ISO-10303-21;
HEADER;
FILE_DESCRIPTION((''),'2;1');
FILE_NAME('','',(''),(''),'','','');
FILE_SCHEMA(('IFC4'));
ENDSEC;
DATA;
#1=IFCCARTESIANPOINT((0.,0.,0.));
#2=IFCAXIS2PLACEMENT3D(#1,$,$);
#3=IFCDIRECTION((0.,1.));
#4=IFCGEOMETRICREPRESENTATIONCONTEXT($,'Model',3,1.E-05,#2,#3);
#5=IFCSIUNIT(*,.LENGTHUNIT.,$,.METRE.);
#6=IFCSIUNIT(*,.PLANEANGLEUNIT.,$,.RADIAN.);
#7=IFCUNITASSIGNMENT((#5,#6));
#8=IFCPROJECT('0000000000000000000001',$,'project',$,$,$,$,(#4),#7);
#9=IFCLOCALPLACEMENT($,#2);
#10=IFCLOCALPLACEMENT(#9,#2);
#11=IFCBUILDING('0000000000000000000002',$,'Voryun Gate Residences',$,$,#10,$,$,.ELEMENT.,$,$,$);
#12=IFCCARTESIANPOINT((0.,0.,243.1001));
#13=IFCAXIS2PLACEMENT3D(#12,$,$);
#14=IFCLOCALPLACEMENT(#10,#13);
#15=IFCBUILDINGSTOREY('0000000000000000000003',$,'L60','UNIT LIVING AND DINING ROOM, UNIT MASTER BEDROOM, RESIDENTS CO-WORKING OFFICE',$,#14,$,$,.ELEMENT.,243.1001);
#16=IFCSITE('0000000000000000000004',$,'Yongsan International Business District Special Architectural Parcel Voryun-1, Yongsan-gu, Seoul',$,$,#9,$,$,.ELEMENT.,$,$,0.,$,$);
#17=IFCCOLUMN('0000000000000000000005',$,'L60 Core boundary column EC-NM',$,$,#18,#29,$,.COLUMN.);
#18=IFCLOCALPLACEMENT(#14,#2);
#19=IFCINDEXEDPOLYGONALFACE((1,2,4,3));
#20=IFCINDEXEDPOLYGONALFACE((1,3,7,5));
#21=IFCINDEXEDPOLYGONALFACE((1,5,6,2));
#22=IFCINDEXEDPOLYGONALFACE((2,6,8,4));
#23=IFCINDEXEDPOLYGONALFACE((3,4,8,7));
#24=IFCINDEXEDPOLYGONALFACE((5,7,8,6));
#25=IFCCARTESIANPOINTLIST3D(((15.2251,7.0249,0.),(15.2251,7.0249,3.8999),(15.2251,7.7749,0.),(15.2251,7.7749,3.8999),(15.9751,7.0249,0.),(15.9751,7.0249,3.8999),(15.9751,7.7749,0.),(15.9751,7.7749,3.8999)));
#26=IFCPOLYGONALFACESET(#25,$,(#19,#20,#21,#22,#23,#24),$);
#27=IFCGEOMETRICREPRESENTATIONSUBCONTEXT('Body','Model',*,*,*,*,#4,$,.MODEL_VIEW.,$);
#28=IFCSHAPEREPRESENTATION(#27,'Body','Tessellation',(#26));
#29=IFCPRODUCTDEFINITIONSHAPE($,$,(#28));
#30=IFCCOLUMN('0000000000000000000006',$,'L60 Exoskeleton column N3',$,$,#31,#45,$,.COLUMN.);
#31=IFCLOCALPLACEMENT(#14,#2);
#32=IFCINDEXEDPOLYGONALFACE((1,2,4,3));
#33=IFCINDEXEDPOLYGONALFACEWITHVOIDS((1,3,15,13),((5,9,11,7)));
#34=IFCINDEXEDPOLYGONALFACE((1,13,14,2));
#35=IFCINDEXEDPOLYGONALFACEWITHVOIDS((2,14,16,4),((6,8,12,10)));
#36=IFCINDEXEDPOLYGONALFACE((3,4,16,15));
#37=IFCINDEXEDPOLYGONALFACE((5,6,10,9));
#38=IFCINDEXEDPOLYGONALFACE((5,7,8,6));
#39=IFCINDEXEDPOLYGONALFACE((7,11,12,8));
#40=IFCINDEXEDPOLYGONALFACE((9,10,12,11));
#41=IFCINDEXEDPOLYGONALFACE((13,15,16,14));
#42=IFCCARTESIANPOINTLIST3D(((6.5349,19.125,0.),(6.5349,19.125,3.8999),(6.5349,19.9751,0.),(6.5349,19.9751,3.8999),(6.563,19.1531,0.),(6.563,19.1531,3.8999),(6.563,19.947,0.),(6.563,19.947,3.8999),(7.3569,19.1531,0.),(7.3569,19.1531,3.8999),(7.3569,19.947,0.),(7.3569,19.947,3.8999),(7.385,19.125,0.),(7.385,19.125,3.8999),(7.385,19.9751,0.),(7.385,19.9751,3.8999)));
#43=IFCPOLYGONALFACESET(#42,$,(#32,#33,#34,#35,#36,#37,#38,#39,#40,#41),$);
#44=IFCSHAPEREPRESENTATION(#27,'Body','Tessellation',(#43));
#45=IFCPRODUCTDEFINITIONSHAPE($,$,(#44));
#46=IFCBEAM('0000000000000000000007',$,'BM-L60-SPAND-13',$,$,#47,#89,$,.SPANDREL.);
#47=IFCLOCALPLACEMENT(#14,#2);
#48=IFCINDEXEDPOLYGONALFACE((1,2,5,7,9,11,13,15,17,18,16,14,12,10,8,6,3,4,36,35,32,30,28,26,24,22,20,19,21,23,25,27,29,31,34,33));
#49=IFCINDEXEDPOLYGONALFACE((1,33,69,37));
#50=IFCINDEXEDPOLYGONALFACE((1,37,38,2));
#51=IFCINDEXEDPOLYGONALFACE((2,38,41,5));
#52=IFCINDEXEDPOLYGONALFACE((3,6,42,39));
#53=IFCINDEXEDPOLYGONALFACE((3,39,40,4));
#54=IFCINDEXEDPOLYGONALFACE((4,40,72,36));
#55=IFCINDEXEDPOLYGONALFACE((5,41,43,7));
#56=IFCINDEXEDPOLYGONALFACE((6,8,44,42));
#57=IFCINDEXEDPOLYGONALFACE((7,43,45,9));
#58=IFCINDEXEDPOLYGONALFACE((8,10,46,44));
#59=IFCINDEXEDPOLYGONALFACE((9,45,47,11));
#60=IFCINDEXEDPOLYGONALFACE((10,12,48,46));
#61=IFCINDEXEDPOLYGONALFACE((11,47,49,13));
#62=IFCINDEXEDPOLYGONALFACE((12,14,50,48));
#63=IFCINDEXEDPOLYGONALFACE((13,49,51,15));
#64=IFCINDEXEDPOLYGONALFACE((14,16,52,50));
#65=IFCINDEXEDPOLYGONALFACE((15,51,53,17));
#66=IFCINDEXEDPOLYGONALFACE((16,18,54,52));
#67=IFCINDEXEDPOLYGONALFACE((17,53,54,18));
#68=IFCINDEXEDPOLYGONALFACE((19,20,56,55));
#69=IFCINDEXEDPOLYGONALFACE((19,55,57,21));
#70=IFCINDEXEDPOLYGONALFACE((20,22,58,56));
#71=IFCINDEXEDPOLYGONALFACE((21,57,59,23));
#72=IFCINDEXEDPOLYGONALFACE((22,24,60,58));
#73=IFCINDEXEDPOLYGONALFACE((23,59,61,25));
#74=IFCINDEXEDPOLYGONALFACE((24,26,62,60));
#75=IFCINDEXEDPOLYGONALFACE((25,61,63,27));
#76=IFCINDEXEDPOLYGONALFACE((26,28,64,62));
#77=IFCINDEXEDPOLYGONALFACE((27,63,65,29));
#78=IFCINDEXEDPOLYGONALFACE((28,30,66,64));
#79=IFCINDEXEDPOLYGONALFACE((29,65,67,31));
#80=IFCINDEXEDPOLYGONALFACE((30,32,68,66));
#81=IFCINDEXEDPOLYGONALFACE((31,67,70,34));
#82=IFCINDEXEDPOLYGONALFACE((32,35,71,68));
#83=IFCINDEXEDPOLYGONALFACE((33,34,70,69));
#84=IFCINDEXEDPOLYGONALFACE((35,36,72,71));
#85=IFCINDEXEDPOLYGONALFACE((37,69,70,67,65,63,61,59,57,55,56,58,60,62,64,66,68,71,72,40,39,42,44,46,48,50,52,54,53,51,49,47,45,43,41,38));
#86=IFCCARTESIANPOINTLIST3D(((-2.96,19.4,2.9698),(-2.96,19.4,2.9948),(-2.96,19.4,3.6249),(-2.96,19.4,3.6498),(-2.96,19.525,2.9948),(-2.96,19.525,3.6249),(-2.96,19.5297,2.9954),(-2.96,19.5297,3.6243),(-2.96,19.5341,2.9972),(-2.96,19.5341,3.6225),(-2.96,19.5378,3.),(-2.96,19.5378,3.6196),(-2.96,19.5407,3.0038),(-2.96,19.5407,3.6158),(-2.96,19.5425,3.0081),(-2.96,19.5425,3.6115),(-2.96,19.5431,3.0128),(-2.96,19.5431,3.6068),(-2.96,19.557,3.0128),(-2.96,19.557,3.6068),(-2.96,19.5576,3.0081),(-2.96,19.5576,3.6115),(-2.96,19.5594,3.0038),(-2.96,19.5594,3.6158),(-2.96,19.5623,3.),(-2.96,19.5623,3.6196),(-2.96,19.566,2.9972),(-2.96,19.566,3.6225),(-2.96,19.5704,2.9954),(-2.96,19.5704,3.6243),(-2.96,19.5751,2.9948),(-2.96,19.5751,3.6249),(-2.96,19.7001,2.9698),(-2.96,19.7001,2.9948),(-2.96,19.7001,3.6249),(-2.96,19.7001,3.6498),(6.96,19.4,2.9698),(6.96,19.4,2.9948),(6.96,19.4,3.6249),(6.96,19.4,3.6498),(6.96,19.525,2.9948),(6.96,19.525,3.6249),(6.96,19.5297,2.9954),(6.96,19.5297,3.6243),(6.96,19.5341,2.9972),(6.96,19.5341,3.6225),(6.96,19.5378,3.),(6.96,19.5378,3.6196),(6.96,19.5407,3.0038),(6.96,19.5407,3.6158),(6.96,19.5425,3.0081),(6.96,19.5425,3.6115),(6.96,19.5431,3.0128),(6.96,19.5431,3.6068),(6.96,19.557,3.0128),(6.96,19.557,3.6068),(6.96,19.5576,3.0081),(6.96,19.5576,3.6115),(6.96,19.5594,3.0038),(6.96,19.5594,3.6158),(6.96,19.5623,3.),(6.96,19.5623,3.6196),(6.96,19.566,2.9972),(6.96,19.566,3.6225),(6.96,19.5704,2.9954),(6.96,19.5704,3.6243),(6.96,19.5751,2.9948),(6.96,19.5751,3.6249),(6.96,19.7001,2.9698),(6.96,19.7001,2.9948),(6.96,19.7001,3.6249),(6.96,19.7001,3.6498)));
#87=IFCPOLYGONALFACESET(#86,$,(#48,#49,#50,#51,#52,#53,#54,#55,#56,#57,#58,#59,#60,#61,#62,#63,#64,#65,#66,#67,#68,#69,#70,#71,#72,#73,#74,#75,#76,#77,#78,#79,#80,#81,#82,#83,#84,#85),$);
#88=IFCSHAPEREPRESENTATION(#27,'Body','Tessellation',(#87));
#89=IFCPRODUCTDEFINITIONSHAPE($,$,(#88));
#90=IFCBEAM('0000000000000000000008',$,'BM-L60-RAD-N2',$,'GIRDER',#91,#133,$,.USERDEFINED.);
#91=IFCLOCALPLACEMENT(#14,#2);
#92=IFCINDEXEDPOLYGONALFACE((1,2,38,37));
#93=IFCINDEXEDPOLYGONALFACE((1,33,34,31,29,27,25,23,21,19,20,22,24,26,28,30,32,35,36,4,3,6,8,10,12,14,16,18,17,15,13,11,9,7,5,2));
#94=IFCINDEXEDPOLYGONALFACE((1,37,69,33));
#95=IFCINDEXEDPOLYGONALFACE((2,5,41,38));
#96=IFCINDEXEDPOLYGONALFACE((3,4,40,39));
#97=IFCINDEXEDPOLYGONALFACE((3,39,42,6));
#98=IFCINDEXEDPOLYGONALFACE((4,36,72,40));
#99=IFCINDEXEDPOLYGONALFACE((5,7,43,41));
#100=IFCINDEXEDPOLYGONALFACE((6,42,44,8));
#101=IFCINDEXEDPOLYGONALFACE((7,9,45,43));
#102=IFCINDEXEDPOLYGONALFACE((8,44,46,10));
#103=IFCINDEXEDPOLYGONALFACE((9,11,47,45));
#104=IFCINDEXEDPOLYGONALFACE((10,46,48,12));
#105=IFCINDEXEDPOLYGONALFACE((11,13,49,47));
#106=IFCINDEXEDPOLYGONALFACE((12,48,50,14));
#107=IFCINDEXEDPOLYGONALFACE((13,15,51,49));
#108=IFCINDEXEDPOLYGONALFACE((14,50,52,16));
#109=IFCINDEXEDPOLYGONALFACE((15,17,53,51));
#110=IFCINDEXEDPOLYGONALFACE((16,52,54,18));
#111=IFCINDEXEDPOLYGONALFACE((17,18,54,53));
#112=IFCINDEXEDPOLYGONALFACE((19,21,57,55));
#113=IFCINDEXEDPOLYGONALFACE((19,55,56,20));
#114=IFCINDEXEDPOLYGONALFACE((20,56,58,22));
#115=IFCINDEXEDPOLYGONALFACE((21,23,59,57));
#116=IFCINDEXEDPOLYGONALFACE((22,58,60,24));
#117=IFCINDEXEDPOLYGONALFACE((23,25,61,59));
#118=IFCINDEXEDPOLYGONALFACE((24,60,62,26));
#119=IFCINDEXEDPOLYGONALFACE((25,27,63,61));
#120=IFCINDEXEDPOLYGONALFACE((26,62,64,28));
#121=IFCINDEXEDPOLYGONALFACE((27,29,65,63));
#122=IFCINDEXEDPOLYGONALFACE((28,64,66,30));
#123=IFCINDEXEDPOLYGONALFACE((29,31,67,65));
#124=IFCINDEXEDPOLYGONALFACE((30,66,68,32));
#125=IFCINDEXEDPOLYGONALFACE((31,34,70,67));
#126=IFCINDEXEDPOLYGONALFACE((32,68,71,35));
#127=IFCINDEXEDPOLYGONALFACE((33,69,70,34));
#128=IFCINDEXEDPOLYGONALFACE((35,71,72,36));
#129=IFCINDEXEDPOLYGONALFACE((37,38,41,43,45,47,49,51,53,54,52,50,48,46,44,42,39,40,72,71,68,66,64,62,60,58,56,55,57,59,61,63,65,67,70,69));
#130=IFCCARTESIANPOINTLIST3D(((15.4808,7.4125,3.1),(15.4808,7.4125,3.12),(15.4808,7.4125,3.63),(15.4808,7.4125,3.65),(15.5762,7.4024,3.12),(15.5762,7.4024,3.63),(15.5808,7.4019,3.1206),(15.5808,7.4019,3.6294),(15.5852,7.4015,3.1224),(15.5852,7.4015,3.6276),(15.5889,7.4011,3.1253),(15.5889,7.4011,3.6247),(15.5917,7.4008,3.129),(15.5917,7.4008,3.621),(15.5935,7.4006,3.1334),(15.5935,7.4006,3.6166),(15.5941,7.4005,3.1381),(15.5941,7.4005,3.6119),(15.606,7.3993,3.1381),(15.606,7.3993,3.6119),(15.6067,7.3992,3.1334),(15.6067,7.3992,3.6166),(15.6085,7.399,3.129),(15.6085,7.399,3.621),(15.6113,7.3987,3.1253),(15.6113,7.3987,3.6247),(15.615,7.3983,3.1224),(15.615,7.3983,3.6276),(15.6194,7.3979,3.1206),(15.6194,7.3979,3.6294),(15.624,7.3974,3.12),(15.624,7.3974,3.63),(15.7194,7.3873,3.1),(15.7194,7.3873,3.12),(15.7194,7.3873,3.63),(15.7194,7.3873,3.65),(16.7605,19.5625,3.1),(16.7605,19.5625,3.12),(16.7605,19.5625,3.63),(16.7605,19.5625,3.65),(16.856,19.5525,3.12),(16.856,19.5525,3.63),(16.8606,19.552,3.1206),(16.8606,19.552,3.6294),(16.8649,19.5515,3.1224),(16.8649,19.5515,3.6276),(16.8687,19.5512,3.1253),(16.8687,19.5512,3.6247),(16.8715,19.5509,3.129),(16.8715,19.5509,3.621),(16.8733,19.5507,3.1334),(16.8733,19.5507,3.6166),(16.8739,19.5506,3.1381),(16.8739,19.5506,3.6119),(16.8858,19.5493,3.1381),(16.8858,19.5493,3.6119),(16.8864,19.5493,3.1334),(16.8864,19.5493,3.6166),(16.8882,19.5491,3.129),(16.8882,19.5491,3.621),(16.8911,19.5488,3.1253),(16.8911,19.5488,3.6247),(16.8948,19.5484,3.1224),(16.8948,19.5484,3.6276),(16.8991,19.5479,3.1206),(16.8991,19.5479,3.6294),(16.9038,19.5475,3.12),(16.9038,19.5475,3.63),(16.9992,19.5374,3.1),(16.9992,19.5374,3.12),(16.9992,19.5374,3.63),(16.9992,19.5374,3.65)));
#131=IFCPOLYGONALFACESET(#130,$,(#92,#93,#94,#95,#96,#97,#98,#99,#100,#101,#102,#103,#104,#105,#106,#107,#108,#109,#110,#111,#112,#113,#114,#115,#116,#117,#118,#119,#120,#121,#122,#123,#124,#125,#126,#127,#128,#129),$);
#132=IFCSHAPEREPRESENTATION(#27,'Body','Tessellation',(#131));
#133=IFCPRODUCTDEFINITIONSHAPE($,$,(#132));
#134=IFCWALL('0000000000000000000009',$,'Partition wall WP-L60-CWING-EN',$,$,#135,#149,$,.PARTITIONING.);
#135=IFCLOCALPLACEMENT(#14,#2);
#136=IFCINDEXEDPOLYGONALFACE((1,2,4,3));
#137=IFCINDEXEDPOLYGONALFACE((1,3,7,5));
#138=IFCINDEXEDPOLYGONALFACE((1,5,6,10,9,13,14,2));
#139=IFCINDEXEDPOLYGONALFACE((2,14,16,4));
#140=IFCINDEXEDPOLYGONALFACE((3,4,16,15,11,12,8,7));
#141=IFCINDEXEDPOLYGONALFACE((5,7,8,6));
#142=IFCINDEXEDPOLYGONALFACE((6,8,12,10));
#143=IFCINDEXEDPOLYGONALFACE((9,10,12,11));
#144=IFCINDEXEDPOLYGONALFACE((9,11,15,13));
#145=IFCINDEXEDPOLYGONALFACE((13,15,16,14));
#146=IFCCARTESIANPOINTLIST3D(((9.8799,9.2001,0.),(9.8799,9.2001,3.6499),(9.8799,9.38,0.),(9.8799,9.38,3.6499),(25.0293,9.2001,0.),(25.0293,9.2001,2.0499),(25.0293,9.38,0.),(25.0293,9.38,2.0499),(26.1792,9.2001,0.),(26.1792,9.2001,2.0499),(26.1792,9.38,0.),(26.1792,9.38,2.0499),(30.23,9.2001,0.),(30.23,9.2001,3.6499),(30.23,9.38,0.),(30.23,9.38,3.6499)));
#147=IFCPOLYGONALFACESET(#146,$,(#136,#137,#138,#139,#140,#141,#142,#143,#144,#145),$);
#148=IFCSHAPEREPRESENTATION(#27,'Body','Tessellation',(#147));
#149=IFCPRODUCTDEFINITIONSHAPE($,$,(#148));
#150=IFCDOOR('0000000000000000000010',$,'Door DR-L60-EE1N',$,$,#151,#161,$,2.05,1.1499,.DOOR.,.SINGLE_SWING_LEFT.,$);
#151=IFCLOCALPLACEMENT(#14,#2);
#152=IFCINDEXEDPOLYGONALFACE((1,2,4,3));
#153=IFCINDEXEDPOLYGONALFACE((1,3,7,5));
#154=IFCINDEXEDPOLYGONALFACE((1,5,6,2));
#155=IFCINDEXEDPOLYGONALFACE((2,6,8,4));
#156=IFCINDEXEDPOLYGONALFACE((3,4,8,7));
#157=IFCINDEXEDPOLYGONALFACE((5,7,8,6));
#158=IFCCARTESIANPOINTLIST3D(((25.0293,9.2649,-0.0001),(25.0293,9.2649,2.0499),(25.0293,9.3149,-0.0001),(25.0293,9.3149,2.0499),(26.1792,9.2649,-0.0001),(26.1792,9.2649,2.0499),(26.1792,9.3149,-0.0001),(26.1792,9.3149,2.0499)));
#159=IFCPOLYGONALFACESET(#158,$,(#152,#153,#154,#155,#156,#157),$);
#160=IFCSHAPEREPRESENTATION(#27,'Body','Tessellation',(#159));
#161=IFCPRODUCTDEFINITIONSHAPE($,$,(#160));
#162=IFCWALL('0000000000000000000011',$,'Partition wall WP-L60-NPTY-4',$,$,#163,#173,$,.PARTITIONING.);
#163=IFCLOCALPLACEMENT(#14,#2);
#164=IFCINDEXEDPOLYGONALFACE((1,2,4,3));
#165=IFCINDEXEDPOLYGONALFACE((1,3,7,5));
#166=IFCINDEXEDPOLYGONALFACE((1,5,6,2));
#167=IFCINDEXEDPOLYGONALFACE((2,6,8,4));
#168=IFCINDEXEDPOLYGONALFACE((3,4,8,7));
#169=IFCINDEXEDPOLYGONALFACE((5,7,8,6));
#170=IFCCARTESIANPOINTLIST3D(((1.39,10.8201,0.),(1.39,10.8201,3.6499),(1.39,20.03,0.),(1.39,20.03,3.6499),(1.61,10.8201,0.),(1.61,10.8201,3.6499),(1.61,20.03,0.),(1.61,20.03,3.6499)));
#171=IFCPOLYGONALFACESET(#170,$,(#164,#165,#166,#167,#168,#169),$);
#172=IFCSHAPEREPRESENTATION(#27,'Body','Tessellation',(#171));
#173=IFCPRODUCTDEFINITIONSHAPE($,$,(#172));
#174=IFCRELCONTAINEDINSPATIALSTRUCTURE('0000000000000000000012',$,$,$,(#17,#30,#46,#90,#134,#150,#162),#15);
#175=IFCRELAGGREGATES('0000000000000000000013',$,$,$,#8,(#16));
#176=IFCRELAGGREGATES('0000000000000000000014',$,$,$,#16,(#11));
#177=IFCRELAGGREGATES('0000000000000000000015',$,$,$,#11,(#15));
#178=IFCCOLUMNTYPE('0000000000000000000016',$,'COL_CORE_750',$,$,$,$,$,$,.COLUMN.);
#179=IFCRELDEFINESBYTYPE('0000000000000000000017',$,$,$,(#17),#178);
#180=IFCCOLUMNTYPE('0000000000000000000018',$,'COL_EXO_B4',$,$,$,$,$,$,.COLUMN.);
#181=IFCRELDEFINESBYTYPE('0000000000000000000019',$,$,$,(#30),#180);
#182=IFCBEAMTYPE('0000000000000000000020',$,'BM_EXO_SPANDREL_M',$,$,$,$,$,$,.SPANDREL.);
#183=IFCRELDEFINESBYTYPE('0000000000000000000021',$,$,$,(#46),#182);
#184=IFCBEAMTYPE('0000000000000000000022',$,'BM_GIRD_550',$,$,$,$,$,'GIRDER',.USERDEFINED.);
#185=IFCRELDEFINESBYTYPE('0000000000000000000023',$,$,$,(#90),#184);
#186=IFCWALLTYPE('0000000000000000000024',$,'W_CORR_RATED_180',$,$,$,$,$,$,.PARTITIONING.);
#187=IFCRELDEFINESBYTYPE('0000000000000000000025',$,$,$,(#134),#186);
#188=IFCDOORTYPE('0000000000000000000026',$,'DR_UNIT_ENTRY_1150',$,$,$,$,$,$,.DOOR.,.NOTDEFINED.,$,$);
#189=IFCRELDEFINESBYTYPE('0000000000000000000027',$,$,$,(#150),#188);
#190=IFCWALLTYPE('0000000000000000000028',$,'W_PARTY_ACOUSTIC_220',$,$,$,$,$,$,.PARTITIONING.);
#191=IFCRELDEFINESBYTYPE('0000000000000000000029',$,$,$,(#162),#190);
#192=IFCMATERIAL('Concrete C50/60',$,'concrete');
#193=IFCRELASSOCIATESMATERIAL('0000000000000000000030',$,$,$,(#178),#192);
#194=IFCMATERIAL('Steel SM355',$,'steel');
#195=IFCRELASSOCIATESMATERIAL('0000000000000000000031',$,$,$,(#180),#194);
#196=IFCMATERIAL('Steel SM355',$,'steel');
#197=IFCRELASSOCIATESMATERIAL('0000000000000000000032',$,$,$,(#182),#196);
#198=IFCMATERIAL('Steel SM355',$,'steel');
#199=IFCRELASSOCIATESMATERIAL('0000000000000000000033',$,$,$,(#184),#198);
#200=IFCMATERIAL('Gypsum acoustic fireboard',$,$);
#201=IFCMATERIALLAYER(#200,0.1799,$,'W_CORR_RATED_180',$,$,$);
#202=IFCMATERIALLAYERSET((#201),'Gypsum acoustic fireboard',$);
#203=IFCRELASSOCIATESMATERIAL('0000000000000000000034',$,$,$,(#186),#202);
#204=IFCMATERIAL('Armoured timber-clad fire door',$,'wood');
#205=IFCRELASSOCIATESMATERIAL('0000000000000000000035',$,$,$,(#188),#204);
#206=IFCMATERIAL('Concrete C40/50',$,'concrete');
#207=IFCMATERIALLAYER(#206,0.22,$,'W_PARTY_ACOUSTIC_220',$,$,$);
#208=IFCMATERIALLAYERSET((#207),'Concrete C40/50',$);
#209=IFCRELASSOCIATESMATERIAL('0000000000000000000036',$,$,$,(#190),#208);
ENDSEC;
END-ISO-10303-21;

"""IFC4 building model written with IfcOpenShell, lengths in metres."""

from ifc_helpers import new_model, si_unit, direction, frame, frame_2d, origin, origin_2d, place, context, subcontext, project, spatial, rectangle, hollow_rectangle, i_section, extrude, material, layer, layer_set, material_profile, profile_set, type_object, element, fill, save


model = new_model("IFC4")

# Units and contexts
model_context = context("Model", 3, precision=1e-05, world=origin(), true_north=direction((0.0, 1.0)))
body_context = subcontext(model_context, "Body", "Model", "MODEL_VIEW")
ifc_project = project(units=[si_unit("LENGTHUNIT", "METRE"), si_unit("PLANEANGLEUNIT", "RADIAN")], contexts=[model_context])

# Site, building, storey
site_placement = place(None, origin())
site = spatial("IfcSite", under=ifc_project, at=site_placement, Name="Yongsan International Business District Special Architectural Parcel Voryun-1, Yongsan-gu, Seoul", CompositionType="ELEMENT", RefElevation=0.0)
building_placement = place(site_placement, origin())
building = spatial("IfcBuilding", under=site, at=building_placement, Name="Voryun Gate Residences", CompositionType="ELEMENT")
storey_placement = place(building_placement, frame((0.0, 0.0, 243.1001)))
storey = spatial("IfcBuildingStorey", under=building, at=storey_placement, Name="L60", Description="UNIT LIVING AND DINING ROOM, UNIT MASTER BEDROOM, RESIDENTS CO-WORKING OFFICE", CompositionType="ELEMENT", Elevation=243.1001)

# Columns
ifc_material_1 = material(Name="Concrete C50/60", Category="concrete")
ifc_material_profile_1 = material_profile(ifc_material_1, rectangle(XDim=0.75, YDim=0.75, at=origin_2d()), Name="RC-750x750")
ifc_profile_set_1 = profile_set([ifc_material_profile_1], Name="Concrete C50/60")
column_type_1 = type_object("IfcColumnType", Name="COL_CORE_750", PredefinedType="COLUMN", material=ifc_profile_set_1)
column_1_placement = place(storey_placement, frame((15.6001, 7.3999, 0.0), z_axis=(0.0, 0.0, 1.0), x_axis=(1.0, 0.0, 0.0)))
element("IfcColumn", 1, at=column_1_placement, inside=storey, type_object=column_type_1, Name="L60 Core boundary column EC-NM", PredefinedType="COLUMN", context=body_context, shape_type="SweptSolid", body=[
    extrude(rectangle(XDim=0.75, YDim=0.75, at=origin_2d()), origin(), (0.0, 0.0, 1.0), 3.8999),
])
ifc_material_2 = material(Name="Steel SM355", Category="steel")
ifc_material_profile_2 = material_profile(ifc_material_2, hollow_rectangle(XDim=0.8501, YDim=0.8501, WallThickness=0.0281, at=origin_2d()), Name="BOX-850x850x28")
ifc_profile_set_2 = profile_set([ifc_material_profile_2], Name="Steel SM355")
column_type_2 = type_object("IfcColumnType", Name="COL_EXO_B4", PredefinedType="COLUMN", material=ifc_profile_set_2)
column_2_placement = place(storey_placement, frame((6.96, 19.55, 0.0), z_axis=(0.0, 0.0, 1.0), x_axis=(1.0, 0.0, 0.0)))
element("IfcColumn", 2, at=column_2_placement, inside=storey, type_object=column_type_2, Name="L60 Exoskeleton column N3", PredefinedType="COLUMN", context=body_context, shape_type="SweptSolid", body=[
    extrude(hollow_rectangle(XDim=0.8501, YDim=0.8501, WallThickness=0.0281, at=origin_2d()), origin(), (0.0, 0.0, 1.0), 3.8999),
])

# Beams
ifc_material_3 = material(Name="Steel SM355", Category="steel")
ifc_material_profile_3 = material_profile(ifc_material_3, i_section(OverallWidth=0.3, OverallDepth=0.6799, WebThickness=0.0139, FlangeThickness=0.0249, FilletRadius=0.0181, at=origin_2d()), Name="H-680x300x14x25")
ifc_profile_set_3 = profile_set([ifc_material_profile_3], Name="Steel SM355")
beam_type_1 = type_object("IfcBeamType", Name="BM_EXO_SPANDREL_M", PredefinedType="SPANDREL", material=ifc_profile_set_3)
beam_1_placement = place(storey_placement, frame((6.96, 19.55, 3.3098), z_axis=(-1.0, 0.0, 0.0), x_axis=(0.0, -1.0, 0.0)))
element("IfcBeam", 3, at=beam_1_placement, inside=storey, type_object=beam_type_1, Name="BM-L60-SPAND-13", PredefinedType="SPANDREL", context=body_context, shape_type="SweptSolid", body=[
    extrude(i_section(OverallWidth=0.3, OverallDepth=0.6799, WebThickness=0.0139, FlangeThickness=0.0249, FilletRadius=0.0181, at=origin_2d()), origin(), (0.0, 0.0, 1.0), 9.9199),
])
ifc_material_4 = material(Name="Steel SM355", Category="steel")
ifc_material_profile_4 = material_profile(ifc_material_4, i_section(OverallWidth=0.24, OverallDepth=0.55, WebThickness=0.012, FlangeThickness=0.02, FilletRadius=0.0181, at=origin_2d()), Name="H-550x240x12x20")
ifc_profile_set_4 = profile_set([ifc_material_profile_4], Name="Steel SM355")
beam_type_2 = type_object("IfcBeamType", Name="BM_GIRD_550", ElementType="GIRDER", PredefinedType="USERDEFINED", material=ifc_profile_set_4)
beam_2_placement = place(storey_placement, frame((15.6001, 7.3999, 3.375), z_axis=(0.104751, 0.994498, 0.0), x_axis=(-0.994498, 0.104751, 0.0)))
element("IfcBeam", 4, at=beam_2_placement, inside=storey, type_object=beam_type_2, Name="BM-L60-RAD-N2", ObjectType="GIRDER", PredefinedType="USERDEFINED", context=body_context, shape_type="SweptSolid", body=[
    extrude(i_section(OverallWidth=0.24, OverallDepth=0.55, WebThickness=0.012, FlangeThickness=0.02, FilletRadius=0.0181, at=origin_2d()), origin(), (0.0, 0.0, 1.0), 12.2173),
])

# Wall, opening, door
ifc_material_5 = material(Name="Gypsum acoustic fireboard")
ifc_layer_1 = layer(ifc_material_5, 0.1799, Name="W_CORR_RATED_180")
ifc_layer_set_1 = layer_set([ifc_layer_1], Name="Gypsum acoustic fireboard")
wall_type_1 = type_object("IfcWallType", Name="W_CORR_RATED_180", PredefinedType="PARTITIONING", material=ifc_layer_set_1)
wall_1_placement = place(storey_placement, frame((9.8799, 9.29, 0.0), z_axis=(0.0, 0.0, 1.0), x_axis=(1.0, 0.0, 0.0)))
wall_1 = element("IfcWall", 5, at=wall_1_placement, inside=storey, type_object=wall_type_1, Name="Partition wall WP-L60-CWING-EN", PredefinedType="PARTITIONING", context=body_context, shape_type="SweptSolid", body=[
    extrude(rectangle(XDim=20.3501, YDim=0.1799, at=frame_2d((10.175, 0.0))), origin(), (0.0, 0.0, 1.0), 3.6499),
])
opening_1_placement = place(wall_1_placement, frame((15.1494, 0.0, 0.0)))
opening_1 = element("IfcOpeningElement", 6, at=opening_1_placement, cuts=wall_1, PredefinedType="OPENING", context=body_context, shape_type="SweptSolid", body=[
    extrude(rectangle(XDim=1.1499, YDim=2.05, at=frame_2d((0.575, 1.0249))), frame((0.0, 0.0999, 0.0), z_axis=(0.0, -1.0, 0.0), x_axis=(1.0, 0.0, 0.0)), (0.0, 0.0, 1.0), 0.2),
])
ifc_material_6 = material(Name="Armoured timber-clad fire door", Category="wood")
door_type_1 = type_object("IfcDoorType", Name="DR_UNIT_ENTRY_1150", OperationType="NOTDEFINED", PredefinedType="DOOR", material=ifc_material_6)
door_1_placement = place(opening_1_placement, origin())
door_1 = element("IfcDoor", 7, at=door_1_placement, inside=storey, type_object=door_type_1, Name="Door DR-L60-EE1N", OperationType="SINGLE_SWING_LEFT", OverallHeight=2.05, OverallWidth=1.1499, PredefinedType="DOOR", context=body_context, shape_type="SweptSolid", body=[
    extrude(rectangle(XDim=1.1499, YDim=2.05, at=frame_2d((0.575, 1.0249))), frame((0.0, 0.0249, 0.0), z_axis=(0.0, -1.0, 0.0), x_axis=(1.0, 0.0, 0.0)), (0.0, 0.0, 1.0), 0.05),
])
fill(opening_1, door_1)

# Wall
ifc_material_7 = material(Name="Concrete C40/50", Category="concrete")
ifc_layer_2 = layer(ifc_material_7, 0.22, Name="W_PARTY_ACOUSTIC_220")
ifc_layer_set_2 = layer_set([ifc_layer_2], Name="Concrete C40/50")
wall_type_2 = type_object("IfcWallType", Name="W_PARTY_ACOUSTIC_220", PredefinedType="PARTITIONING", material=ifc_layer_set_2)
for number, where, z_axis, x_axis, name in (
    (8, (1.5, 10.8201, 0.0), (0.0, 0.0, 1.0), (0.0, 1.0, 0.0), "Partition wall WP-L60-NPTY-4"),
):
    element("IfcWall", number, at=place(storey_placement, frame(where, z_axis=z_axis, x_axis=x_axis)), inside=storey, type_object=wall_type_2, Name=name, PredefinedType="PARTITIONING", context=body_context, shape_type="SweptSolid", body=[
        extrude(rectangle(XDim=9.21, YDim=0.22, at=frame_2d((4.605, 0.0))), origin(), (0.0, 0.0, 1.0), 3.6499),
    ])

save(model, "model.ifc")
